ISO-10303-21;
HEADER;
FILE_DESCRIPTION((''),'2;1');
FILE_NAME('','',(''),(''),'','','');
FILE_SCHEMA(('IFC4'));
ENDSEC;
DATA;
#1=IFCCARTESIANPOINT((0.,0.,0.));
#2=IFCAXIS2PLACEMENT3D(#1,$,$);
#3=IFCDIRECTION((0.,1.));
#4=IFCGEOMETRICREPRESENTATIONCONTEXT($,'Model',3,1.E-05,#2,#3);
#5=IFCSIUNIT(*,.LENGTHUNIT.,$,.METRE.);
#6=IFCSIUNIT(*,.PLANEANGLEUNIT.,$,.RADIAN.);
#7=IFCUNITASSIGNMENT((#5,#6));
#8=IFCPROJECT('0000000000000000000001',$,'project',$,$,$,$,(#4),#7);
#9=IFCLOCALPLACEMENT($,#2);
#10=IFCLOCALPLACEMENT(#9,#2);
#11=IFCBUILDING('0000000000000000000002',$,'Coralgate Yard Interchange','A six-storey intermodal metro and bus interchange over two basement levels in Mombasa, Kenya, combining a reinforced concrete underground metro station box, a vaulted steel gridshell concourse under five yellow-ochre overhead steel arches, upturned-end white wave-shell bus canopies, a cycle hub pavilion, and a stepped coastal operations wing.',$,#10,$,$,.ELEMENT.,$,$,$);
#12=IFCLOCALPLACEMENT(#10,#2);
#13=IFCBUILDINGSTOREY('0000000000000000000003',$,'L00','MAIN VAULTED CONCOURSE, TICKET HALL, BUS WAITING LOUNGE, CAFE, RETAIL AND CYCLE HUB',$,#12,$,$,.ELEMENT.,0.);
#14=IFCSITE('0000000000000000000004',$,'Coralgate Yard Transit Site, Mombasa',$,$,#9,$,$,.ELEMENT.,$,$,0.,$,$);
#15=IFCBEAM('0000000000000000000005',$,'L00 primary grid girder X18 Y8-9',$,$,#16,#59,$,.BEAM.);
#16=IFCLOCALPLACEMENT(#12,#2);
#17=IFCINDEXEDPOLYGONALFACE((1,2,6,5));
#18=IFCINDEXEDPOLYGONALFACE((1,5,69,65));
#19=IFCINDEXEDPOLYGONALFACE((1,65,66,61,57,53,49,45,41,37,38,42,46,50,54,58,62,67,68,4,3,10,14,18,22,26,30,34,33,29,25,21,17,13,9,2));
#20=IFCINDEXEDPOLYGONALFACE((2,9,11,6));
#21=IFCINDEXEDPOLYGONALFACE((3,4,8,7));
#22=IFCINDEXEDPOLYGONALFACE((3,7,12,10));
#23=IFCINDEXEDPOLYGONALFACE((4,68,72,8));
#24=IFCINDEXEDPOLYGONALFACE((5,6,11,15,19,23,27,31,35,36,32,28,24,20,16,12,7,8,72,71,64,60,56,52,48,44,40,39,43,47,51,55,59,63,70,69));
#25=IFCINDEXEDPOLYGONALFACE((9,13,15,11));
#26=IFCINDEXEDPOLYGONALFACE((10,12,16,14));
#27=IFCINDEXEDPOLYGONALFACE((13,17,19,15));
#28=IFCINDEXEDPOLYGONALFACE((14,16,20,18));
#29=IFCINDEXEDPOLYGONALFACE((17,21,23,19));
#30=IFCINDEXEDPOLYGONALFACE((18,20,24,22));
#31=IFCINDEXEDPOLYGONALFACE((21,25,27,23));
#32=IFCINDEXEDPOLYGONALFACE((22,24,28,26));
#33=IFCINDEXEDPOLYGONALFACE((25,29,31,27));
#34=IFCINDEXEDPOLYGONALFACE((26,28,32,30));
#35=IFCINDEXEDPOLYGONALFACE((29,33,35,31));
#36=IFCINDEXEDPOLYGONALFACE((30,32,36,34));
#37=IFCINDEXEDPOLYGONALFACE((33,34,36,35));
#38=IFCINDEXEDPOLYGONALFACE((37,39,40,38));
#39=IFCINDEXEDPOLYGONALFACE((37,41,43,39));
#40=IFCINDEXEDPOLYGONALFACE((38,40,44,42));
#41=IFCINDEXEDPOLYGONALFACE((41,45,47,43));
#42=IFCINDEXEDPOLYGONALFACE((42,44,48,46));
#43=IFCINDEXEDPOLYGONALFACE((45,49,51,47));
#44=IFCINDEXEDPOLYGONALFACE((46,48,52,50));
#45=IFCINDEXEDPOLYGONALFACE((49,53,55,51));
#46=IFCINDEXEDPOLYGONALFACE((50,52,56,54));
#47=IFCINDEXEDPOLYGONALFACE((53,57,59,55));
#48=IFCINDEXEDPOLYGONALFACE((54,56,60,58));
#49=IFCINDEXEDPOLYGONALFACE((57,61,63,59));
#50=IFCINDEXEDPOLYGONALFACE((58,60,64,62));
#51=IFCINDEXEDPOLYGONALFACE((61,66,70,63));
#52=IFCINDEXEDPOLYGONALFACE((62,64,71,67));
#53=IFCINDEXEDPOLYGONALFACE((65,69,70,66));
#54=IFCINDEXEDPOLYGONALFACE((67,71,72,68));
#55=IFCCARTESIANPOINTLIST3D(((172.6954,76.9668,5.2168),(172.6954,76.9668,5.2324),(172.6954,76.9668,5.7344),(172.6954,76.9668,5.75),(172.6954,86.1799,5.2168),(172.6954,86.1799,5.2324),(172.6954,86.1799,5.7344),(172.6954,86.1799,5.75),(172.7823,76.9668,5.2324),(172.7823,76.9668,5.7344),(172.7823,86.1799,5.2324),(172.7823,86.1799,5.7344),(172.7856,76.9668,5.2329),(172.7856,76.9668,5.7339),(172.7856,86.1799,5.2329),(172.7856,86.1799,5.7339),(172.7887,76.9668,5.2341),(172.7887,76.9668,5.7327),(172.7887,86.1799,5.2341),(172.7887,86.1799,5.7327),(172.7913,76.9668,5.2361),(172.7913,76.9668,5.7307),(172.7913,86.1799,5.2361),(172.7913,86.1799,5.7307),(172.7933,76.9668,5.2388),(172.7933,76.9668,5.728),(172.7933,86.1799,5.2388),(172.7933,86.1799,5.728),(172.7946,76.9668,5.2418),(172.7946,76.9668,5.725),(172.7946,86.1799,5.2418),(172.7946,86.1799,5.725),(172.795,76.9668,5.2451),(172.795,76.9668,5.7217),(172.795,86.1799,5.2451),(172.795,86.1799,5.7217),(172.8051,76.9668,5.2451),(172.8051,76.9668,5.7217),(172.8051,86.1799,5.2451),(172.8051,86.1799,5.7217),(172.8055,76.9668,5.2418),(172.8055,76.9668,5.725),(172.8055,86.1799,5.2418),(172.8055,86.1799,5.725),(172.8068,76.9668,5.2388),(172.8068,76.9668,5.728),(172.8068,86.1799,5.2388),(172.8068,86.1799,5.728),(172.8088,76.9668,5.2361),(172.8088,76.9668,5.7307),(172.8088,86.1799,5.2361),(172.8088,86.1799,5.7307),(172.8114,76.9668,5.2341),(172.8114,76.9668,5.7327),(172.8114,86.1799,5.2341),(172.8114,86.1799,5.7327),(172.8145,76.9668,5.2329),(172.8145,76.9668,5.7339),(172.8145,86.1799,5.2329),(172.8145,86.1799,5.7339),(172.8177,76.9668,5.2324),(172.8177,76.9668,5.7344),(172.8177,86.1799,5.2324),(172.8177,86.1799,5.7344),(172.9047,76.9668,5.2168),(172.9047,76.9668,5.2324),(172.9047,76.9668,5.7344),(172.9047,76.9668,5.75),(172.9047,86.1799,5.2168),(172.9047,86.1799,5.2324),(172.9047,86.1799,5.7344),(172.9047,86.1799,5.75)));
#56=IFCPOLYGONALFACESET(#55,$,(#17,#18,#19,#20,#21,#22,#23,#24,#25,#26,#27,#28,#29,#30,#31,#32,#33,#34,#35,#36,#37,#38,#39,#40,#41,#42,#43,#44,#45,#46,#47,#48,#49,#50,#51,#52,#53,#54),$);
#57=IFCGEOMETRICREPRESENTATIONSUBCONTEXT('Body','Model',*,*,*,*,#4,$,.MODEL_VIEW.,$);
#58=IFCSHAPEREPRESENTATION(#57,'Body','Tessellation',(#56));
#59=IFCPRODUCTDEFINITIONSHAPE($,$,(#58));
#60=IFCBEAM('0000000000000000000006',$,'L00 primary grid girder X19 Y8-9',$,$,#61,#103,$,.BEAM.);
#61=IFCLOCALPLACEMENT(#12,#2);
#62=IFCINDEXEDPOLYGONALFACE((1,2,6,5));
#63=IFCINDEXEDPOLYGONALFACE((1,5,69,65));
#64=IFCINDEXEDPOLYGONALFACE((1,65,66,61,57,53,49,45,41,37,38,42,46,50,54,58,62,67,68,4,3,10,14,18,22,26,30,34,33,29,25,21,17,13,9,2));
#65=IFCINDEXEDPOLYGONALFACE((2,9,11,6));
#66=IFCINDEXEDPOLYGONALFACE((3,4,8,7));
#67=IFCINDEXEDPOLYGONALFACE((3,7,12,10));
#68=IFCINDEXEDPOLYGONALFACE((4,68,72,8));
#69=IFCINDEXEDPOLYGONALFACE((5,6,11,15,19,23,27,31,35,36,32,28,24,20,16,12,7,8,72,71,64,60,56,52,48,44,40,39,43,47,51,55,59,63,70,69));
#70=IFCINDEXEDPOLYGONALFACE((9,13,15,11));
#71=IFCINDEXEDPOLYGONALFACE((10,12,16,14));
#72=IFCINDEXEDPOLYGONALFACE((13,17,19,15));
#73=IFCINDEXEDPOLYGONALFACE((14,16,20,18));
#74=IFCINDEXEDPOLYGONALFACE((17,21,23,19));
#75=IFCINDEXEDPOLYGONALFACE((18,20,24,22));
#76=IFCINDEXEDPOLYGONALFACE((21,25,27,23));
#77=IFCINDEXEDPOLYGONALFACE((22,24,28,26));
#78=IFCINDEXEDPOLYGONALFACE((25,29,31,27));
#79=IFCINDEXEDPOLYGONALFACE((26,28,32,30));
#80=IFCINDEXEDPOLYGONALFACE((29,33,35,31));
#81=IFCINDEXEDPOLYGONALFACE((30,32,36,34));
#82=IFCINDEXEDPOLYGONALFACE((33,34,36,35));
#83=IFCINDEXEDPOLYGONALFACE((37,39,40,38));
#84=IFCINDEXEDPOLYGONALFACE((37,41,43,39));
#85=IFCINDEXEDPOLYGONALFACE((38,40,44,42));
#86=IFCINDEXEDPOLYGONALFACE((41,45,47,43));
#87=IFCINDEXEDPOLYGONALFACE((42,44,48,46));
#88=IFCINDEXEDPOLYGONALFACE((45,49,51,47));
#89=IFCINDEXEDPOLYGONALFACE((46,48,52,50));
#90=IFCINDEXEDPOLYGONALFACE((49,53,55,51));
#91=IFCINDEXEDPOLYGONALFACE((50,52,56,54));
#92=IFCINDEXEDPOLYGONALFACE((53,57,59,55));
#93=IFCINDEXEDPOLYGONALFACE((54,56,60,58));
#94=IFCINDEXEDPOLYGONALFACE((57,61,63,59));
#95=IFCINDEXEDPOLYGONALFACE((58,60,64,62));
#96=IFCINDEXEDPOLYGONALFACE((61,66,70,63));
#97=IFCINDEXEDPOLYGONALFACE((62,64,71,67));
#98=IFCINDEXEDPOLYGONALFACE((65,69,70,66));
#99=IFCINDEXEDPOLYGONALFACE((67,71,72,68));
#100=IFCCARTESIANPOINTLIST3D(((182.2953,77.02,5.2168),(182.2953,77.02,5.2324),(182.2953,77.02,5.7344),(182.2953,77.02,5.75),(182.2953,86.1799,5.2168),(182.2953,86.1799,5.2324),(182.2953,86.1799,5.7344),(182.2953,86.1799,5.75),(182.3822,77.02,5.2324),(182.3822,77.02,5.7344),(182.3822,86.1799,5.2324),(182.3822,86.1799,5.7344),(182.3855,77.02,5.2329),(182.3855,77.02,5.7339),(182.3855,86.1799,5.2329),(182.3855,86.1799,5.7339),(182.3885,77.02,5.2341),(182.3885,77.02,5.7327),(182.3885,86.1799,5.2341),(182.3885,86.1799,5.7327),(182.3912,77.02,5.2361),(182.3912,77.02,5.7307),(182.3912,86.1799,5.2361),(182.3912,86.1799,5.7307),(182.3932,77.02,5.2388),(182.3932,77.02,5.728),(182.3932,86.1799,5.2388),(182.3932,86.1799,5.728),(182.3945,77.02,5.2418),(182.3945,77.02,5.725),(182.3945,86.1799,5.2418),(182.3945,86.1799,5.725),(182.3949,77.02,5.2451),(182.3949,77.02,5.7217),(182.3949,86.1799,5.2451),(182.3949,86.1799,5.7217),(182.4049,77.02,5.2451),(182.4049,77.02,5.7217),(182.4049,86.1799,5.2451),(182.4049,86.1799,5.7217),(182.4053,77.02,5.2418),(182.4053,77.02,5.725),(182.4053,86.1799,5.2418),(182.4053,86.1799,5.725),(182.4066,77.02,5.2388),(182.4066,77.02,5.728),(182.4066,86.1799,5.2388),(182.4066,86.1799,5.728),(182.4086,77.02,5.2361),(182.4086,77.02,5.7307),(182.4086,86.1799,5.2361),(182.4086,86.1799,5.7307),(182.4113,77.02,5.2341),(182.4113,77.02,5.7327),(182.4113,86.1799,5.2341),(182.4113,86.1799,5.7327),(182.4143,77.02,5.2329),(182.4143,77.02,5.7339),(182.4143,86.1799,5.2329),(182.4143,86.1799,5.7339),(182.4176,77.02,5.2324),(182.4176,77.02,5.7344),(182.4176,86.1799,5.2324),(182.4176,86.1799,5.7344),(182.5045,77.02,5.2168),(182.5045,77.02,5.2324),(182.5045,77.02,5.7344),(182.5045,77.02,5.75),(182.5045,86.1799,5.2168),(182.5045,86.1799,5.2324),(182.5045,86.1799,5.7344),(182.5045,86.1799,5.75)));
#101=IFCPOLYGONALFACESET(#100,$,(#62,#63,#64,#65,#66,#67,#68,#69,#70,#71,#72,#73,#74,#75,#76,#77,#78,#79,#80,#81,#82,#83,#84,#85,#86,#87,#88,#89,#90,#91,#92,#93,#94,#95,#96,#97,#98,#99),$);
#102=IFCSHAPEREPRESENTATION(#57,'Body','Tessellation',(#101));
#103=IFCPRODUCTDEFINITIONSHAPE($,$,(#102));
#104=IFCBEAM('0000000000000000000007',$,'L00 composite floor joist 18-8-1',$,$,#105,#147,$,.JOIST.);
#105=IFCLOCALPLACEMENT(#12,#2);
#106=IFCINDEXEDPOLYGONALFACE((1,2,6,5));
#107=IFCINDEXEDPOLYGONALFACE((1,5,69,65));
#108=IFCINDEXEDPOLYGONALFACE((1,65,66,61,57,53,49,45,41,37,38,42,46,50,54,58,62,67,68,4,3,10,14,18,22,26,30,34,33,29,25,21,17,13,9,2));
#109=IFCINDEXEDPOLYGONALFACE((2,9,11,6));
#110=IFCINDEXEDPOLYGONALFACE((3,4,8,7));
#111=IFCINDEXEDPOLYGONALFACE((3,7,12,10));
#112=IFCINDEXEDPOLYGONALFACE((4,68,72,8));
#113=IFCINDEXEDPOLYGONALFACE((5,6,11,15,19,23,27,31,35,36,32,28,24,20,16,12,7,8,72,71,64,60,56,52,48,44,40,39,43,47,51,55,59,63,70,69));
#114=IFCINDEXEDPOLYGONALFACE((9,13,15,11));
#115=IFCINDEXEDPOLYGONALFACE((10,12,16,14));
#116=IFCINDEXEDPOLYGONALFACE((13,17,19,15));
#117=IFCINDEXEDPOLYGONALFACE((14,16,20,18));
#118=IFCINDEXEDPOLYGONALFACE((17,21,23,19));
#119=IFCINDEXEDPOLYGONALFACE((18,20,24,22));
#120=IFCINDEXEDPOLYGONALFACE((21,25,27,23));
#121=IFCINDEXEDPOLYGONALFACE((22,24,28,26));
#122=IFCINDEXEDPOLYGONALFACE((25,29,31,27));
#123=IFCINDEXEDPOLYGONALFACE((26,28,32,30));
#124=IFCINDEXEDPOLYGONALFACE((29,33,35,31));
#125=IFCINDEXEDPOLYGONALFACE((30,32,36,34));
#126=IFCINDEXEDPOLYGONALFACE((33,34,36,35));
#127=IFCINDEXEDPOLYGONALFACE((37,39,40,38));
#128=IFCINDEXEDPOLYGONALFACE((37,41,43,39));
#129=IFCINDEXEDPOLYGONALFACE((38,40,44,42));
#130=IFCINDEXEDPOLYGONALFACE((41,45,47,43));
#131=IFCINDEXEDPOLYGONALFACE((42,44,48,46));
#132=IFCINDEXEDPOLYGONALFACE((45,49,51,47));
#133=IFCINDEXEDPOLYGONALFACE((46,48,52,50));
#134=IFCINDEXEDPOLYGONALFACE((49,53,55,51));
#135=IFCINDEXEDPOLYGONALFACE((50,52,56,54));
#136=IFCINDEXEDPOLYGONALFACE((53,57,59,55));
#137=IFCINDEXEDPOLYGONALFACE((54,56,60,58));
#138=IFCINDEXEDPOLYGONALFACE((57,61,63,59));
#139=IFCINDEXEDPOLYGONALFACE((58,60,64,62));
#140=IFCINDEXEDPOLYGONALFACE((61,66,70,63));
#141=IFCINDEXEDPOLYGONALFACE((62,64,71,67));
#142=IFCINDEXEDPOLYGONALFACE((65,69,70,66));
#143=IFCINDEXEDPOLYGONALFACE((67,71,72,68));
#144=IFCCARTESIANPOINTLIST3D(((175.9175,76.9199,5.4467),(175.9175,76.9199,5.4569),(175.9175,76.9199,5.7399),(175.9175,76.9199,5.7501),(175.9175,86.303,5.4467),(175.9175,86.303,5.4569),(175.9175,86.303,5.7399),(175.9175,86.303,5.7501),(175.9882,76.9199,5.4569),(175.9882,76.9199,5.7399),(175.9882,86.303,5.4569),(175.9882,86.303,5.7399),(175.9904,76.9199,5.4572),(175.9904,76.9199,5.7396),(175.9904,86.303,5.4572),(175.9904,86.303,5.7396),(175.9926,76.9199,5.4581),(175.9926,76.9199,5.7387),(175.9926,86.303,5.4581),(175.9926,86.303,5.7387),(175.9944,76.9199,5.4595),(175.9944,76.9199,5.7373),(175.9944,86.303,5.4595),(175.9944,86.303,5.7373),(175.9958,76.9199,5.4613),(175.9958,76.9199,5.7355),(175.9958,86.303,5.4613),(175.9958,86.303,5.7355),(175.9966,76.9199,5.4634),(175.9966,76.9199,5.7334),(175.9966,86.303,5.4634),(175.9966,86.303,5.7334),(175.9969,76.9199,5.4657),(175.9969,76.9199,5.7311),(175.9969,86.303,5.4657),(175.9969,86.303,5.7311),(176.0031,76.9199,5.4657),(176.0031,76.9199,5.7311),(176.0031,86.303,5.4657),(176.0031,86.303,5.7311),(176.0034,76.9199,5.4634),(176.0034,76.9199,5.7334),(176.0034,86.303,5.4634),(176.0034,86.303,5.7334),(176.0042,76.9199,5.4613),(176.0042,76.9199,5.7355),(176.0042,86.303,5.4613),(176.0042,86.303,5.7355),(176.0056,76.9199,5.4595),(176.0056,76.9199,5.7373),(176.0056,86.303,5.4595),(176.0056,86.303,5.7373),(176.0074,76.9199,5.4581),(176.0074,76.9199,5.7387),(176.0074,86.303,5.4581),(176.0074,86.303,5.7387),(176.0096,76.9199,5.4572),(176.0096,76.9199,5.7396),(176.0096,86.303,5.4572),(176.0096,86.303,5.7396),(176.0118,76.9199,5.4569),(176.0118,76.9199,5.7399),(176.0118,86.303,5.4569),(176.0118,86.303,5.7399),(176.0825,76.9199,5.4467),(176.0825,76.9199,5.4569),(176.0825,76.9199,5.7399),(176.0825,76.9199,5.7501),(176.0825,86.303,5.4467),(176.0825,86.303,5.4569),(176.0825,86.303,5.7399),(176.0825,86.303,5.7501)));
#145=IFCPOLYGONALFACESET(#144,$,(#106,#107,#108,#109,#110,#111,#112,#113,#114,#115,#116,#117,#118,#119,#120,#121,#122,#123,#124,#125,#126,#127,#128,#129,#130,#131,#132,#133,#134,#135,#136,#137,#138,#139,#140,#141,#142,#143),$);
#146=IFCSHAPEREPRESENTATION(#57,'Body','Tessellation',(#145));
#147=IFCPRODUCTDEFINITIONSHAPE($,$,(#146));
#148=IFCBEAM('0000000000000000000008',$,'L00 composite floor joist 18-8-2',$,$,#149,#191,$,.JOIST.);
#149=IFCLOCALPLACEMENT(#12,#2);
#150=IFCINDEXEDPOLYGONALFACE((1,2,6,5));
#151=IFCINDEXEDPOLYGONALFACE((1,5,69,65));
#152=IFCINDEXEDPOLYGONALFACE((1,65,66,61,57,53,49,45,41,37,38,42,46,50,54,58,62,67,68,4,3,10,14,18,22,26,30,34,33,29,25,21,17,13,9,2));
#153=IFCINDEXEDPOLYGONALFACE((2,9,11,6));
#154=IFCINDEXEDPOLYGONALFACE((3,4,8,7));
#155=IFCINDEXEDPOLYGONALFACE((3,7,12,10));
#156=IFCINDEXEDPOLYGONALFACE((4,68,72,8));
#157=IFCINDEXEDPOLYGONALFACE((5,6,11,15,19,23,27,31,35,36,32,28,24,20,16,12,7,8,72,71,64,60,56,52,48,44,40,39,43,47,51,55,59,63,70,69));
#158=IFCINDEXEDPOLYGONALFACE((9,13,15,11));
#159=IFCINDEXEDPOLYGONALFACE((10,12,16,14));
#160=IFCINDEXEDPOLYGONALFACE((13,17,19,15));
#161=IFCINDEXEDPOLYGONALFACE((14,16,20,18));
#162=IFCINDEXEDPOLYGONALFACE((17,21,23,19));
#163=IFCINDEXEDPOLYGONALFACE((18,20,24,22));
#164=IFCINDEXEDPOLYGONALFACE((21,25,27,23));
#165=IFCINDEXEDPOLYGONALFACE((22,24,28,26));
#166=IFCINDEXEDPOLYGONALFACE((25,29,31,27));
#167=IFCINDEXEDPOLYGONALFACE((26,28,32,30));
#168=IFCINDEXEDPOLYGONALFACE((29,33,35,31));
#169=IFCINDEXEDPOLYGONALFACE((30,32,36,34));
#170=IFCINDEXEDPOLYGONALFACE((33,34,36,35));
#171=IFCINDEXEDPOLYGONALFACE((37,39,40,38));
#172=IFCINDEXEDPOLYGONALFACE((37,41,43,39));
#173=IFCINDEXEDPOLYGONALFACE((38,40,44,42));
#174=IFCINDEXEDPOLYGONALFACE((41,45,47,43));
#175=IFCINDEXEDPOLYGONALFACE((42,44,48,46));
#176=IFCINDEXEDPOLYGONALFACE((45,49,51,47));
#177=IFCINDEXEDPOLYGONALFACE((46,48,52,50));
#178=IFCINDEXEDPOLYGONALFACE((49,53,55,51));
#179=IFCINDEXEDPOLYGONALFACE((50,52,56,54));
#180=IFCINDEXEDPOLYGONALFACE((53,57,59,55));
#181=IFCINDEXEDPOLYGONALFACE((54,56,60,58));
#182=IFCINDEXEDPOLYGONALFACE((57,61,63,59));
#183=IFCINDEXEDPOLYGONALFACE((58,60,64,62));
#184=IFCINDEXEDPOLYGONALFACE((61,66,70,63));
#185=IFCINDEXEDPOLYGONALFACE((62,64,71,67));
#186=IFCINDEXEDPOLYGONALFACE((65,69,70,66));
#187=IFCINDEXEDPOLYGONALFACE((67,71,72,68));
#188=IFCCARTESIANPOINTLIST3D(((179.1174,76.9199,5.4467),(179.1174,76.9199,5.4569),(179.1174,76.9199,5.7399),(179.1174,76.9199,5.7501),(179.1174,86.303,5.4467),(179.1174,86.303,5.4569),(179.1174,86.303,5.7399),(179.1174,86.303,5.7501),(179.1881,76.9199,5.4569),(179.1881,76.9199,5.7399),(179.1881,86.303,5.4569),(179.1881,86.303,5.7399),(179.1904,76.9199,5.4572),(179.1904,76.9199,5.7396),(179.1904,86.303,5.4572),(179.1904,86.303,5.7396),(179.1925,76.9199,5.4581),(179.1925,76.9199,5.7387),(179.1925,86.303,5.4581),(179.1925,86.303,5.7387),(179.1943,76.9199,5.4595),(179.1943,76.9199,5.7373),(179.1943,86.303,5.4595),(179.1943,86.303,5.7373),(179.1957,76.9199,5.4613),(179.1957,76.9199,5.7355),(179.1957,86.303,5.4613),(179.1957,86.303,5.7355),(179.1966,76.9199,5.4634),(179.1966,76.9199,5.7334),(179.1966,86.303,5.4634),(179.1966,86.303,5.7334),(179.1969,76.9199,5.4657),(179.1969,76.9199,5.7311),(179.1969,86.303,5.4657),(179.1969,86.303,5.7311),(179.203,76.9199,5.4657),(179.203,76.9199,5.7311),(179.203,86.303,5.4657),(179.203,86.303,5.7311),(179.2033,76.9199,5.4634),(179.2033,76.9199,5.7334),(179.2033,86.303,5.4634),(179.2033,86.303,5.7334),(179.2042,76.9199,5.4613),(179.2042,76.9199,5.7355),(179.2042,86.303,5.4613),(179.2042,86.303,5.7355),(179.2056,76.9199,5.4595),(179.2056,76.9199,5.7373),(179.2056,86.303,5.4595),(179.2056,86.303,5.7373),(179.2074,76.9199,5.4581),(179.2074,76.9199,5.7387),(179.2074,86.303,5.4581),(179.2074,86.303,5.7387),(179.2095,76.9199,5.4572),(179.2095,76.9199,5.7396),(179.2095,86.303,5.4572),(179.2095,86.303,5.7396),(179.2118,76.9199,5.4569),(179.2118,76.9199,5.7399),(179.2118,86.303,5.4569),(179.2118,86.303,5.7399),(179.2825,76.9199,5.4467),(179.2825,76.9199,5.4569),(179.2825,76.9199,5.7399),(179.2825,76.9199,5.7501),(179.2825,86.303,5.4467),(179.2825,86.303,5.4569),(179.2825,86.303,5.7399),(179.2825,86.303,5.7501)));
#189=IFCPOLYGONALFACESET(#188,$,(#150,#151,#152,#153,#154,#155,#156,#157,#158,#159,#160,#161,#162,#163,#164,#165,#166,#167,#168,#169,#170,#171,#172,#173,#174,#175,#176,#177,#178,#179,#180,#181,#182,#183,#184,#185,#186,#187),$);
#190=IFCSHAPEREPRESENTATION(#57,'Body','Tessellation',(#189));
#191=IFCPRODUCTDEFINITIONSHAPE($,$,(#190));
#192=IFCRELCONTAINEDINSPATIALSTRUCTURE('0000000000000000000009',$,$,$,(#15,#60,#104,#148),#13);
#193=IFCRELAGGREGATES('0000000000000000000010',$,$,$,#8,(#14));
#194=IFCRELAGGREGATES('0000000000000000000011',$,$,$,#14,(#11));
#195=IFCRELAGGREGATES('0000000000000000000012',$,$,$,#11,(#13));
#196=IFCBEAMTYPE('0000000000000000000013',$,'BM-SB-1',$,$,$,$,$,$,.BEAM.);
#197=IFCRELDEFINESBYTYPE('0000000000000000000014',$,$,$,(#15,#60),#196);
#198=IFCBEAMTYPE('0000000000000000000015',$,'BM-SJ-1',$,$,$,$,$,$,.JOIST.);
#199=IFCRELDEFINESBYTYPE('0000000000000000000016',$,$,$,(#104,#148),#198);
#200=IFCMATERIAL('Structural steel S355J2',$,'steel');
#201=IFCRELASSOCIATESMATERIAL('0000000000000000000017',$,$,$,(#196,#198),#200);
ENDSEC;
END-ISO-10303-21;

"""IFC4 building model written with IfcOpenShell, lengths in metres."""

from ifc_helpers import new_model, si_unit, direction, frame, origin, origin_2d, place, context, subcontext, project, spatial, i_section, extrude, material, material_profile, profile_set, type_object, element, save


model = new_model("IFC4")

# Units and contexts
model_context = context("Model", 3, precision=1e-05, world=origin(), true_north=direction((0.0, 1.0)))
body_context = subcontext(model_context, "Body", "Model", "MODEL_VIEW")
ifc_project = project(units=[si_unit("LENGTHUNIT", "METRE"), si_unit("PLANEANGLEUNIT", "RADIAN")], contexts=[model_context])

# Site, building, storey
site_placement = place(None, origin())
site = spatial("IfcSite", under=ifc_project, at=site_placement, Name="Coralgate Yard Transit Site, Mombasa", CompositionType="ELEMENT", RefElevation=0.0)
building_placement = place(site_placement, origin())
building = spatial("IfcBuilding", under=site, at=building_placement, Name="Coralgate Yard Interchange", Description="A six-storey intermodal metro and bus interchange over two basement levels in Mombasa, Kenya, combining a reinforced concrete underground metro station box, a vaulted steel gridshell concourse under five yellow-ochre overhead steel arches, upturned-end white wave-shell bus canopies, a cycle hub pavilion, and a stepped coastal operations wing.", CompositionType="ELEMENT")
storey_placement = place(building_placement, origin())
storey = spatial("IfcBuildingStorey", under=building, at=storey_placement, Name="L00", Description="MAIN VAULTED CONCOURSE, TICKET HALL, BUS WAITING LOUNGE, CAFE, RETAIL AND CYCLE HUB", CompositionType="ELEMENT", Elevation=0.0)

# Shared definitions
ifc_material_1 = material(Name="Structural steel S355J2", Category="steel")

# Beams
ifc_material_profile_1 = material_profile(ifc_material_1, i_section(OverallWidth=0.2092, OverallDepth=0.5332, WebThickness=0.01, FlangeThickness=0.0156, FilletRadius=0.0127, at=origin_2d()), Name="UB 533x210x92")
ifc_profile_set_1 = profile_set([ifc_material_profile_1], Name="Structural steel S355J2")
beam_type_1 = type_object("IfcBeamType", Name="BM-SB-1", PredefinedType="BEAM", material=ifc_profile_set_1)
beam_1_placement = place(storey_placement, frame((172.8, 76.9668, 5.4834), z_axis=(0.0, 1.0, 0.0), x_axis=(-1.0, 0.0, 0.0)))
element("IfcBeam", 1, at=beam_1_placement, inside=storey, type_object=beam_type_1, Name="L00 primary grid girder X18 Y8-9", PredefinedType="BEAM", context=body_context, shape_type="SweptSolid", body=[
    extrude(i_section(OverallWidth=0.2092, OverallDepth=0.5332, WebThickness=0.01, FlangeThickness=0.0156, FilletRadius=0.0127, at=origin_2d()), origin(), (0.0, 0.0, 1.0), 9.2131),
])
beam_2_placement = place(storey_placement, frame((182.3999, 77.02, 5.4834), z_axis=(0.0, 1.0, 0.0), x_axis=(-1.0, 0.0, 0.0)))
element("IfcBeam", 2, at=beam_2_placement, inside=storey, type_object=beam_type_1, Name="L00 primary grid girder X19 Y8-9", PredefinedType="BEAM", context=body_context, shape_type="SweptSolid", body=[
    extrude(i_section(OverallWidth=0.2092, OverallDepth=0.5332, WebThickness=0.01, FlangeThickness=0.0156, FilletRadius=0.0127, at=origin_2d()), origin(), (0.0, 0.0, 1.0), 9.1599),
])
ifc_material_profile_2 = material_profile(ifc_material_1, i_section(OverallWidth=0.165, OverallDepth=0.3035, WebThickness=0.0061, FlangeThickness=0.0103, FilletRadius=0.0088, at=origin_2d()), Name="UB 305x165x40")
ifc_profile_set_2 = profile_set([ifc_material_profile_2], Name="Structural steel S355J2")
beam_type_2 = type_object("IfcBeamType", Name="BM-SJ-1", PredefinedType="JOIST", material=ifc_profile_set_2)
for number, where, z_axis, x_axis, name in (
    (3, (176.0, 76.9199, 5.5984), (0.0, 1.0, 0.0), (-1.0, 0.0, 0.0), "L00 composite floor joist 18-8-1"),
    (4, (179.2, 76.9199, 5.5984), (0.0, 1.0, 0.0), (-1.0, 0.0, 0.0), "L00 composite floor joist 18-8-2"),
):
    element("IfcBeam", number, at=place(storey_placement, frame(where, z_axis=z_axis, x_axis=x_axis)), inside=storey, type_object=beam_type_2, Name=name, PredefinedType="JOIST", context=body_context, shape_type="SweptSolid", body=[
        extrude(i_section(OverallWidth=0.165, OverallDepth=0.3035, WebThickness=0.0061, FlangeThickness=0.0103, FilletRadius=0.0088, at=origin_2d()), origin(), (0.0, 0.0, 1.0), 9.3831),
    ])

save(model, "model.ifc")
